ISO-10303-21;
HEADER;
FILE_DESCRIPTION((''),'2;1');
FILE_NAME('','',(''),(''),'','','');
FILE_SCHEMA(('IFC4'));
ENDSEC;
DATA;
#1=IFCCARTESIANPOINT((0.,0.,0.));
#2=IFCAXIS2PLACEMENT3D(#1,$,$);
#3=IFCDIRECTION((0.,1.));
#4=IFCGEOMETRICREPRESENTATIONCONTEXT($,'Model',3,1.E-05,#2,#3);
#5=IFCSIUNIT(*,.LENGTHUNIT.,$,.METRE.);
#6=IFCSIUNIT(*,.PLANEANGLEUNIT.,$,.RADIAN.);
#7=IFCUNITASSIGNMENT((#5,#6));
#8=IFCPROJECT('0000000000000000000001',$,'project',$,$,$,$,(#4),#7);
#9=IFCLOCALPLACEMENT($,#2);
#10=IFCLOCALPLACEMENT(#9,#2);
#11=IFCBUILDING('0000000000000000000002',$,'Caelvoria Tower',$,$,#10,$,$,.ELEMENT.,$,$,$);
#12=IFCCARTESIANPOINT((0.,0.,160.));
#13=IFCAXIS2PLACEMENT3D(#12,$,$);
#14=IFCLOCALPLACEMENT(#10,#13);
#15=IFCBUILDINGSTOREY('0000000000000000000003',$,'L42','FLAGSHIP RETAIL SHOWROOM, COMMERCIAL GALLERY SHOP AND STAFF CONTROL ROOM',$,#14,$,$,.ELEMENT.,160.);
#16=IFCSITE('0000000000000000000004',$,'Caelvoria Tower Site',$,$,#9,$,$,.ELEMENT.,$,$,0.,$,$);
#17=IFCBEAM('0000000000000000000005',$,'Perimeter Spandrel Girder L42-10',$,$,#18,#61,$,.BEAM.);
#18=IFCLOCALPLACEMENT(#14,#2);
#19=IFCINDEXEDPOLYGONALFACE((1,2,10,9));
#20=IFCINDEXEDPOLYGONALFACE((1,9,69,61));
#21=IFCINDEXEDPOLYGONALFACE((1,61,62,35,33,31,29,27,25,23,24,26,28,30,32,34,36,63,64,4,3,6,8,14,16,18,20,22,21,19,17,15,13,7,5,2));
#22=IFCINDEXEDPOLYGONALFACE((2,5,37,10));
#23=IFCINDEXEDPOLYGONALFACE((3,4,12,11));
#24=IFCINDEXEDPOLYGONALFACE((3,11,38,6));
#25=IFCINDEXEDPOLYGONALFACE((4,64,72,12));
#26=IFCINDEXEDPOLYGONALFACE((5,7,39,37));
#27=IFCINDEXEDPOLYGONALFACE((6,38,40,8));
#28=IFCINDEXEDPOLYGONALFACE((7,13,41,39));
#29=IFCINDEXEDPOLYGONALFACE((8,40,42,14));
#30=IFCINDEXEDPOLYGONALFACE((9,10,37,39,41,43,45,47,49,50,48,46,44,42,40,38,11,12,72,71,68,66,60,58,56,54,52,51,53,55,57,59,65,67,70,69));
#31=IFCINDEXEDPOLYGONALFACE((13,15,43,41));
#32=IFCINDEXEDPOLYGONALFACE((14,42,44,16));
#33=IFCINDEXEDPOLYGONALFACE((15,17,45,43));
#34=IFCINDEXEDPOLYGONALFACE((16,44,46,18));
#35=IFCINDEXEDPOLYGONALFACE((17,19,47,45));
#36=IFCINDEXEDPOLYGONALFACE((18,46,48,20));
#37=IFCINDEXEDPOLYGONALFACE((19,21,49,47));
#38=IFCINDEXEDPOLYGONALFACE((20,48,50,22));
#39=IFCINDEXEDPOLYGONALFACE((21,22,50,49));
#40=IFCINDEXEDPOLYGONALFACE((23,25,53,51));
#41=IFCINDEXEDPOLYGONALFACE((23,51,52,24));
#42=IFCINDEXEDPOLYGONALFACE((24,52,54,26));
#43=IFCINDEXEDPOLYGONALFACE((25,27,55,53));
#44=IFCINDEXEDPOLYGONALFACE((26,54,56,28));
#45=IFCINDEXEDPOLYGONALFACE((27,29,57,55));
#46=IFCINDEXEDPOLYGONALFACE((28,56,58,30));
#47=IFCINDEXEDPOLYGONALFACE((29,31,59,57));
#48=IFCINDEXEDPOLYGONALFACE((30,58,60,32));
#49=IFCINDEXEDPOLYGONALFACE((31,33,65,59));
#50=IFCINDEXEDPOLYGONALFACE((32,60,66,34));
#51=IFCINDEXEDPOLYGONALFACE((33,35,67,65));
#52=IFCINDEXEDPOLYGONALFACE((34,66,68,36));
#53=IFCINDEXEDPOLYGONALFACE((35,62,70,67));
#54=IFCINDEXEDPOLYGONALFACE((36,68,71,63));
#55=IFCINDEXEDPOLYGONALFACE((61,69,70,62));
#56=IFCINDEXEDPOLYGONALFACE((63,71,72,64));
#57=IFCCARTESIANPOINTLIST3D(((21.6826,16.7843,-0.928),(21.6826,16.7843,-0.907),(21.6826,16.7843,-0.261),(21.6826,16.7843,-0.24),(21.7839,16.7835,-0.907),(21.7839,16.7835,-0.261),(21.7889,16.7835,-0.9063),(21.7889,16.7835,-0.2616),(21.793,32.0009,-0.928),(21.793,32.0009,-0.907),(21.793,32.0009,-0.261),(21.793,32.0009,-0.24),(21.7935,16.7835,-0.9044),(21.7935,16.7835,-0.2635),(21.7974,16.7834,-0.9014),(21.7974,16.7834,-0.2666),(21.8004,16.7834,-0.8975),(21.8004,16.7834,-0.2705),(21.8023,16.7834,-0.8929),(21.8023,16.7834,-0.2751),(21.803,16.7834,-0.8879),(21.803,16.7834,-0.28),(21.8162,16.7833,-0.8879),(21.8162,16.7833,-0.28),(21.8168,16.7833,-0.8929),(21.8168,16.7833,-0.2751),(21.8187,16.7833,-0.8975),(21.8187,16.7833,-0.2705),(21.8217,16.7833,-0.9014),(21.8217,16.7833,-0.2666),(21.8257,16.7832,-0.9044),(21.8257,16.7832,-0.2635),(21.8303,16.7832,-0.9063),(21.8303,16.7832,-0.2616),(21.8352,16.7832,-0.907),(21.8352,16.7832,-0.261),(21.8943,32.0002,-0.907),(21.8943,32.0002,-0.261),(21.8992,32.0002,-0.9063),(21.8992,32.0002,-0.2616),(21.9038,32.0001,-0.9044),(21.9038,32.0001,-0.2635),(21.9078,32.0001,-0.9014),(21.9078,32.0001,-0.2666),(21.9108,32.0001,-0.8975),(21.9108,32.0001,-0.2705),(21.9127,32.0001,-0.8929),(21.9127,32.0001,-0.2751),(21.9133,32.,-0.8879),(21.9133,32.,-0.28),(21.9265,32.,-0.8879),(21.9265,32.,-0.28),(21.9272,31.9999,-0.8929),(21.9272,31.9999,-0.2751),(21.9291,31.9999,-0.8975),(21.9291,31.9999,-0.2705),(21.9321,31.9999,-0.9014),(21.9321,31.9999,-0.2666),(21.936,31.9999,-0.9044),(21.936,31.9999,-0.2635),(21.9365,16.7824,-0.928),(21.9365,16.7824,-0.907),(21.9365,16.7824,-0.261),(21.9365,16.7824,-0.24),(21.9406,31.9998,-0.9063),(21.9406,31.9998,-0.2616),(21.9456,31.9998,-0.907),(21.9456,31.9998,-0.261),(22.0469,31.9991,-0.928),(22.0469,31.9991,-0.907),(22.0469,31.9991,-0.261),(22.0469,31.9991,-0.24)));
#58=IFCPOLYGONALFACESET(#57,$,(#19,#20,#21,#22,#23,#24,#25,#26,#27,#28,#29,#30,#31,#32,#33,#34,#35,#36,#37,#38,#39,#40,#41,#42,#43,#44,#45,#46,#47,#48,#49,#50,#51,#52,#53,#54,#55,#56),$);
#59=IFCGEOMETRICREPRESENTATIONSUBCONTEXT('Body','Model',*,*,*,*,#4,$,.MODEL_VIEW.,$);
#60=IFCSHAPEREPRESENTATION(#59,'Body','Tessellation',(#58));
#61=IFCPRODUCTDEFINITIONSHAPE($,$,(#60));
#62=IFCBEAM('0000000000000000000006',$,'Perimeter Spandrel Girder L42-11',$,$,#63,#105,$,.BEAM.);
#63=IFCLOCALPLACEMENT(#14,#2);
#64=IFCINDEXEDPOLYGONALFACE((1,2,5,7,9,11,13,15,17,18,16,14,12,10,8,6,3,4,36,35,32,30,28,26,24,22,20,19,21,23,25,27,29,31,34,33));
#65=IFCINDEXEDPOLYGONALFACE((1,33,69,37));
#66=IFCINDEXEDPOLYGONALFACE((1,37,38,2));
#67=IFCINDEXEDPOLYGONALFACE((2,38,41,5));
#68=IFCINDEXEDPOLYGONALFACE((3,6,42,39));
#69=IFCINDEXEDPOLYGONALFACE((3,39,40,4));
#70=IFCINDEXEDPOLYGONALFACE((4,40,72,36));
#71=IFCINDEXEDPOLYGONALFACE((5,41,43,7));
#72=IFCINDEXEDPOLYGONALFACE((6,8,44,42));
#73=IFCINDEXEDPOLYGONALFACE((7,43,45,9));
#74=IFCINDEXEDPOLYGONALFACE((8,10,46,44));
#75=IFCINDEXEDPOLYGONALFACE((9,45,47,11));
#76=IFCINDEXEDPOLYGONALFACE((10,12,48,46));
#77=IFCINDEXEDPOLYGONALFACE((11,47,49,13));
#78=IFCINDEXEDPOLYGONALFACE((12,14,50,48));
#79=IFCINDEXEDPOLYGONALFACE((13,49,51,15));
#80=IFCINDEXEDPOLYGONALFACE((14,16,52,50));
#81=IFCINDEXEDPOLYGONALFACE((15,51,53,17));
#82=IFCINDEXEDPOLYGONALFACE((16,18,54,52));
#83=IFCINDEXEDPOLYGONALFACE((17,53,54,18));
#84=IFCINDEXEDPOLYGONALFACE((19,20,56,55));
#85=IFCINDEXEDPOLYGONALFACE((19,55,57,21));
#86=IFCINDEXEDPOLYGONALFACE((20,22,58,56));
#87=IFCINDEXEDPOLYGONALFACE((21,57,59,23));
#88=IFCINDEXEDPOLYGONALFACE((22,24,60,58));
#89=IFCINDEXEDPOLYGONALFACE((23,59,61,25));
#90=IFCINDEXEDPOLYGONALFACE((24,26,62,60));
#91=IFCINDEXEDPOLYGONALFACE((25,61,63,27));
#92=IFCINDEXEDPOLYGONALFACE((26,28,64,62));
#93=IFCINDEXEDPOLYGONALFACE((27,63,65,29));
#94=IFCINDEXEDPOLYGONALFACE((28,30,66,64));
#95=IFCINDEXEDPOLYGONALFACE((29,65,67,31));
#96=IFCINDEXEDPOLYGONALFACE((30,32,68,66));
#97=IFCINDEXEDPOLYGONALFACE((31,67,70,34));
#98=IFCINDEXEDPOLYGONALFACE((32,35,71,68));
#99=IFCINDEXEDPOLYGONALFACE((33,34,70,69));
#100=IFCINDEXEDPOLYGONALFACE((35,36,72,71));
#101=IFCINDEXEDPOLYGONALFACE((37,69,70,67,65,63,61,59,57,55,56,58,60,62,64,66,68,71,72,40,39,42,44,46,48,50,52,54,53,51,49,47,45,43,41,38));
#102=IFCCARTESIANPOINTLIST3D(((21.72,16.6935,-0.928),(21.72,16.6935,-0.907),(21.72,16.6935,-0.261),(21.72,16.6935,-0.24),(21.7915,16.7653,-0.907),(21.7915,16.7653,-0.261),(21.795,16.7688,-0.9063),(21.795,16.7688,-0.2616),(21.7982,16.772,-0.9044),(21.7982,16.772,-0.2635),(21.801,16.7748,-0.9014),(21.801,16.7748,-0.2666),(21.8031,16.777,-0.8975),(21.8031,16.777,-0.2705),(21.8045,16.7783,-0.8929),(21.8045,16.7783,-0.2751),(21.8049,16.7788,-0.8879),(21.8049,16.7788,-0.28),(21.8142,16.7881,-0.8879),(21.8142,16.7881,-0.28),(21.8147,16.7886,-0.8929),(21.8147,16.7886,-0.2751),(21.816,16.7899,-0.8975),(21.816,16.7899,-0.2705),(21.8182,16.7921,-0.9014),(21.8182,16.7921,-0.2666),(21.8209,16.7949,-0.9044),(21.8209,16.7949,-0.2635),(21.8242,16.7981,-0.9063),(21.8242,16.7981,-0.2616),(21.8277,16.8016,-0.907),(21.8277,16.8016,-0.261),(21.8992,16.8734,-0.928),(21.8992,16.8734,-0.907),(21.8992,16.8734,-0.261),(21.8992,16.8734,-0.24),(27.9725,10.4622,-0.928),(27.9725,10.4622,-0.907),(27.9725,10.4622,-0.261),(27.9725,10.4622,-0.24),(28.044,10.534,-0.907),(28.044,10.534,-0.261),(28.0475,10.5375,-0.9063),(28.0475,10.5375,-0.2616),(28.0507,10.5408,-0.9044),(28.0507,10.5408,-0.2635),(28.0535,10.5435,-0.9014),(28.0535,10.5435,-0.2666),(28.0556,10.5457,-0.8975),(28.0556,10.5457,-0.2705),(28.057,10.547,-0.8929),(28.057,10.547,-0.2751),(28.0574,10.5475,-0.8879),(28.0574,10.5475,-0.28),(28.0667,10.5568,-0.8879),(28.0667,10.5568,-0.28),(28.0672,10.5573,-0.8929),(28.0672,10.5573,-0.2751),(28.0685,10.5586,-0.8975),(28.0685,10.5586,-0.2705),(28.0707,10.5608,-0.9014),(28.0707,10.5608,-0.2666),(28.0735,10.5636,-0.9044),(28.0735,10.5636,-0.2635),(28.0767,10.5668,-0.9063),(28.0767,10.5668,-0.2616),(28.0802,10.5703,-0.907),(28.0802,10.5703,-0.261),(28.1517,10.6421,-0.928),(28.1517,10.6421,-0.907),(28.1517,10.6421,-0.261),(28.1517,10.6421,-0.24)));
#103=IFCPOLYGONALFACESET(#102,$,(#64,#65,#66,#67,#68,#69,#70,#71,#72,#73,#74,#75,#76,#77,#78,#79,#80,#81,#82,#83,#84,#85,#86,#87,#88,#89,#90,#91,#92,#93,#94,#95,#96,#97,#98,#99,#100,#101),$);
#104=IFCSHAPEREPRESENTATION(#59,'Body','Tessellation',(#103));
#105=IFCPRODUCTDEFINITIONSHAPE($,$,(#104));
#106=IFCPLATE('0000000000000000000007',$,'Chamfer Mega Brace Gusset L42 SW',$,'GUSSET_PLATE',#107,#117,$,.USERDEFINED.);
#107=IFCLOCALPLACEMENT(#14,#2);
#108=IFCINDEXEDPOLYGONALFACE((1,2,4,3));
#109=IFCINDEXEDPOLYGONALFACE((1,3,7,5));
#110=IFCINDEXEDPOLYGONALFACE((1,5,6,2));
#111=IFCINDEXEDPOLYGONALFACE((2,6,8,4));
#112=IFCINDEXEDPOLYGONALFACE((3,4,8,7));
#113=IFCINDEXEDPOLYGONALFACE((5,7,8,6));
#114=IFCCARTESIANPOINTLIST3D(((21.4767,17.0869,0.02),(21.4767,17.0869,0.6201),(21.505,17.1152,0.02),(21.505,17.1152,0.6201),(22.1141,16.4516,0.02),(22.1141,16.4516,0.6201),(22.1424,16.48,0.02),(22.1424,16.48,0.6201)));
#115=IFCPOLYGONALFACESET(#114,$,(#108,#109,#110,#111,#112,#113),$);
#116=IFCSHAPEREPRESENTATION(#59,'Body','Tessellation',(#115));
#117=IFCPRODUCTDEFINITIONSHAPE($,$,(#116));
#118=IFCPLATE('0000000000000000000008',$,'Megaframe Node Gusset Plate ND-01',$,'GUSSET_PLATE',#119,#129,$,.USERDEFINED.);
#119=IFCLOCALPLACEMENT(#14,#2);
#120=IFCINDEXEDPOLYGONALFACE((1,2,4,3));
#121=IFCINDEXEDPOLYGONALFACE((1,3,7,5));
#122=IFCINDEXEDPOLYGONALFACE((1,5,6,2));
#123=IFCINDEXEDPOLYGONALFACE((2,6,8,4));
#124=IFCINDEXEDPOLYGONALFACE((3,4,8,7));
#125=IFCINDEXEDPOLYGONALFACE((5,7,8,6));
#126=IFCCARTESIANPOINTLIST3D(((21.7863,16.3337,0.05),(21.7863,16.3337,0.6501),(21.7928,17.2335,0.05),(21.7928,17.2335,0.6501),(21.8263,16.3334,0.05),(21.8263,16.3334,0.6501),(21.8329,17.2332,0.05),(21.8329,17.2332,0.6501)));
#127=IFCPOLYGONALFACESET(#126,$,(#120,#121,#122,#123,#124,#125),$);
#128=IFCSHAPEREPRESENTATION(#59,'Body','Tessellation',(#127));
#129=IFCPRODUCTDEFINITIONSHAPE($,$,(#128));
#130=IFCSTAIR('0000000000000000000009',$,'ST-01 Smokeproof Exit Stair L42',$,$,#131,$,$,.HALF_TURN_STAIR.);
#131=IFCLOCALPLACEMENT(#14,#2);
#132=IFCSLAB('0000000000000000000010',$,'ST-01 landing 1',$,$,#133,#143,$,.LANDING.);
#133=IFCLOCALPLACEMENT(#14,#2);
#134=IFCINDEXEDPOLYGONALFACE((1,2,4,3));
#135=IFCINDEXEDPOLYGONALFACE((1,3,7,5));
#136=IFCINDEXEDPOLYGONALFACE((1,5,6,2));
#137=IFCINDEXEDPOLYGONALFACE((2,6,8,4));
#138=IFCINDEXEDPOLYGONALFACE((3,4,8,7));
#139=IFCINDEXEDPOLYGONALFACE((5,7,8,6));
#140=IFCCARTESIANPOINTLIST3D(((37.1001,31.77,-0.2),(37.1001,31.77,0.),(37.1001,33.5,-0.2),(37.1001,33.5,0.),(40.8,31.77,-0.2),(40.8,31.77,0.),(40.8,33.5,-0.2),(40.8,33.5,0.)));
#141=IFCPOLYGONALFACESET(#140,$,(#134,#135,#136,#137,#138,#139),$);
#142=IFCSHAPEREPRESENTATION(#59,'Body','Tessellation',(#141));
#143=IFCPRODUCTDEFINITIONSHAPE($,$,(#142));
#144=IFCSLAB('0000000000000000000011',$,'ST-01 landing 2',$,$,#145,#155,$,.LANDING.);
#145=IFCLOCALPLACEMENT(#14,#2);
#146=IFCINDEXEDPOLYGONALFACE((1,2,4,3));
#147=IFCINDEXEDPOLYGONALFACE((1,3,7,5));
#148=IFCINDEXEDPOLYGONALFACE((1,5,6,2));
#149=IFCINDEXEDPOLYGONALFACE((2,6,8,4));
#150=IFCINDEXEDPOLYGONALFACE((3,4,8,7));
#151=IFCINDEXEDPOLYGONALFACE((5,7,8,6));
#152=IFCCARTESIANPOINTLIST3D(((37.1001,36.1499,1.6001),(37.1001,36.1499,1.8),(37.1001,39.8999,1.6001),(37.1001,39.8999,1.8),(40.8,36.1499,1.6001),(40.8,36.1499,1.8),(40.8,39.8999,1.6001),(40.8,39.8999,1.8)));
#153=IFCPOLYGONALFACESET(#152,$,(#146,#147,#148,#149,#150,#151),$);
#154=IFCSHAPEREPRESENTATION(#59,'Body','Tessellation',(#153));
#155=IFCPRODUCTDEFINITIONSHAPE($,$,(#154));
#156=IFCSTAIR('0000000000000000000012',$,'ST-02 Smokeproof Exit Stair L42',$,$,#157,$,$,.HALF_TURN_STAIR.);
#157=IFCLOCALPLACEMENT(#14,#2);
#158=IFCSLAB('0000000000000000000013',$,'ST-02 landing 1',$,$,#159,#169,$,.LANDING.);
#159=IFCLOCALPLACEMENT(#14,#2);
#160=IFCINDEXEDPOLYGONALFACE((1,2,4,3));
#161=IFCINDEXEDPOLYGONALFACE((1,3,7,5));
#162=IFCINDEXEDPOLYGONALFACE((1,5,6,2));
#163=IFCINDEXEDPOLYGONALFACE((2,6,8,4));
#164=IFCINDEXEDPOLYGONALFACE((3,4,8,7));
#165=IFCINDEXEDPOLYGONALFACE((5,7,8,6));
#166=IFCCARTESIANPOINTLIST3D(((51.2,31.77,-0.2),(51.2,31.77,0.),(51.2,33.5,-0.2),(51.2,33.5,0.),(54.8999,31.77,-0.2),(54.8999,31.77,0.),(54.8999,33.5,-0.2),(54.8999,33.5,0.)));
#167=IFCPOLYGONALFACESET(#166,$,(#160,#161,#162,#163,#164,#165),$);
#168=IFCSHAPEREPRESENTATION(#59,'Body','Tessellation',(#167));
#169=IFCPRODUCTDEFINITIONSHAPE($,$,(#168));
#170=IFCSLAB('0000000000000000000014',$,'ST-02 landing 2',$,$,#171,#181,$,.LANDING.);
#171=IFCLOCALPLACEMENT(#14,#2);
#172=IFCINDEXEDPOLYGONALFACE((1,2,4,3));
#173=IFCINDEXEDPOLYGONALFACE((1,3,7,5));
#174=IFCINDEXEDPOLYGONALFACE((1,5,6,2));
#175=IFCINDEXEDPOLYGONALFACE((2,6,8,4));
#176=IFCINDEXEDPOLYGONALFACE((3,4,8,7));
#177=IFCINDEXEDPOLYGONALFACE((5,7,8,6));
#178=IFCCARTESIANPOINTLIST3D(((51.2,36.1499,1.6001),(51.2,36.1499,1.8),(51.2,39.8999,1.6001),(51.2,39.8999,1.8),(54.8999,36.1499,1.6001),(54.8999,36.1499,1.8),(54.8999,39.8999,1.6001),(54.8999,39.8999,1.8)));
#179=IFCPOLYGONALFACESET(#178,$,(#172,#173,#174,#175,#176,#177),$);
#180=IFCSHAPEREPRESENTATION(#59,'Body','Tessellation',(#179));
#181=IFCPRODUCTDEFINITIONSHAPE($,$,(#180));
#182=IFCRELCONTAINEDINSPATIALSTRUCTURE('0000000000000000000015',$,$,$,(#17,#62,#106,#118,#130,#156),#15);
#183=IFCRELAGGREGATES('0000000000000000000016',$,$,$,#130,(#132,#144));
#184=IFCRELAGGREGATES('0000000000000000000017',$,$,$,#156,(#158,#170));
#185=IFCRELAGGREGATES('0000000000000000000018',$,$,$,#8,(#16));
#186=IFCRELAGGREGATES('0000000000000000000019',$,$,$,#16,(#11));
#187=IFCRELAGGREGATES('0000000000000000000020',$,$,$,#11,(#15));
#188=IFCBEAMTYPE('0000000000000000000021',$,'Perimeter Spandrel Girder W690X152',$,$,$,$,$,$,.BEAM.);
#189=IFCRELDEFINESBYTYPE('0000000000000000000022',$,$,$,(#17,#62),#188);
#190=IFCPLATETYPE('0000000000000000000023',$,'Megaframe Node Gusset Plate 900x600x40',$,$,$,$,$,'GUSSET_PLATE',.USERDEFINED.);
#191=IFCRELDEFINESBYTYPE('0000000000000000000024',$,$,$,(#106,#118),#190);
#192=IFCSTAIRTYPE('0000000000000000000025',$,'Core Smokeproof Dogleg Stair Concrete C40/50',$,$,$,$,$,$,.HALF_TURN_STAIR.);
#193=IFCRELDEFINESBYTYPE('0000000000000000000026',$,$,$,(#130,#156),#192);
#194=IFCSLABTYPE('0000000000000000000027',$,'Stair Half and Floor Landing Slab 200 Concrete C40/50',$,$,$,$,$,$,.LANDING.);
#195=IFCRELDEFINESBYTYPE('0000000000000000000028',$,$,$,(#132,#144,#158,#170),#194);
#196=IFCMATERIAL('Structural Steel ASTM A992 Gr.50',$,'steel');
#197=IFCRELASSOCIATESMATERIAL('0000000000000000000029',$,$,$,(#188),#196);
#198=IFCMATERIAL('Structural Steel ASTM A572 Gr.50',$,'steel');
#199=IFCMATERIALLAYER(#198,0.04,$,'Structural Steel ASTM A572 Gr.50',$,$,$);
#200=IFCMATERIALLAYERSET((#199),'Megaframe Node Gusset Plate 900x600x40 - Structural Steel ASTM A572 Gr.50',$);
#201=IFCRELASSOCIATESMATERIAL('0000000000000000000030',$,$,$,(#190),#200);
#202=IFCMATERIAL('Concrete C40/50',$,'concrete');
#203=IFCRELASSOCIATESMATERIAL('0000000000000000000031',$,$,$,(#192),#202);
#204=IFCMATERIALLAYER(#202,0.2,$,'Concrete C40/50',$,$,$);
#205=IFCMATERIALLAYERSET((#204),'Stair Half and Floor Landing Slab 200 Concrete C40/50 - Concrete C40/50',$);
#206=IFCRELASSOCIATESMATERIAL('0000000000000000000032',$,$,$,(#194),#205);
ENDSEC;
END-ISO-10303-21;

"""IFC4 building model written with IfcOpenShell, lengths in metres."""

from ifc_helpers import new_model, si_unit, direction, frame, origin, origin_2d, place, context, subcontext, project, spatial, polyline, rectangle, i_section, outline, extrude, material, layer, layer_set, material_profile, profile_set, type_object, element, aggregate, save


model = new_model("IFC4")

# Units and contexts
model_context = context("Model", 3, precision=1e-05, world=origin(), true_north=direction((0.0, 1.0)))
body_context = subcontext(model_context, "Body", "Model", "MODEL_VIEW")
ifc_project = project(units=[si_unit("LENGTHUNIT", "METRE"), si_unit("PLANEANGLEUNIT", "RADIAN")], contexts=[model_context])

# Site, building, storey
site_placement = place(None, origin())
site = spatial("IfcSite", under=ifc_project, at=site_placement, Name="Caelvoria Tower Site", CompositionType="ELEMENT", RefElevation=0.0)
building_placement = place(site_placement, origin())
building = spatial("IfcBuilding", under=site, at=building_placement, Name="Caelvoria Tower", CompositionType="ELEMENT")
storey_placement = place(building_placement, frame((0.0, 0.0, 160.0)))
storey = spatial("IfcBuildingStorey", under=building, at=storey_placement, Name="L42", Description="FLAGSHIP RETAIL SHOWROOM, COMMERCIAL GALLERY SHOP AND STAFF CONTROL ROOM", CompositionType="ELEMENT", Elevation=160.0)

# Shared definitions
ifc_material_1 = material(Name="Structural Steel ASTM A572 Gr.50", Category="steel")
ifc_material_2 = material(Name="Structural Steel ASTM A992 Gr.50", Category="steel")

# Beams
ifc_material_profile_1 = material_profile(ifc_material_2, i_section(OverallWidth=0.2539, OverallDepth=0.688, WebThickness=0.0132, FlangeThickness=0.021, FilletRadius=0.019, at=origin_2d()), Name="Structural Steel ASTM A992 Gr.50")
ifc_profile_set_1 = profile_set([ifc_material_profile_1], Name="W690X152 - Structural Steel ASTM A992 Gr.50")
beam_type = type_object("IfcBeamType", Name="Perimeter Spandrel Girder W690X152", PredefinedType="BEAM", material=ifc_profile_set_1)
beam_1_placement = place(storey_placement, frame((21.9199, 32.0, -0.584), z_axis=(-0.007252, -0.999974, 0.0), x_axis=(0.999974, -0.007252, 0.0)))
element("IfcBeam", 1, at=beam_1_placement, inside=storey, type_object=beam_type, Name="Perimeter Spandrel Girder L42-10", PredefinedType="BEAM", context=body_context, shape_type="SweptSolid", body=[
    extrude(i_section(OverallWidth=0.2539, OverallDepth=0.688, WebThickness=0.0132, FlangeThickness=0.021, FilletRadius=0.019, at=origin_2d()), origin(), (0.0, 0.0, 1.0), 15.217),
])
beam_2_placement = place(storey_placement, frame((21.8096, 16.7834, -0.584), z_axis=(0.708309, -0.705903, 0.0), x_axis=(0.705903, 0.708309, 0.0)))
element("IfcBeam", 2, at=beam_2_placement, inside=storey, type_object=beam_type, Name="Perimeter Spandrel Girder L42-11", PredefinedType="BEAM", context=body_context, shape_type="SweptSolid", body=[
    extrude(i_section(OverallWidth=0.2539, OverallDepth=0.688, WebThickness=0.0132, FlangeThickness=0.021, FilletRadius=0.019, at=origin_2d()), origin(), (0.0, 0.0, 1.0), 8.8274),
])

# Plates
ifc_layer_1 = layer(ifc_material_1, 0.04, Name="Structural Steel ASTM A572 Gr.50")
ifc_layer_set_1 = layer_set([ifc_layer_1], Name="Megaframe Node Gusset Plate 900x600x40 - Structural Steel ASTM A572 Gr.50")
plate_type = type_object("IfcPlateType", Name="Megaframe Node Gusset Plate 900x600x40", ElementType="GUSSET_PLATE", PredefinedType="USERDEFINED", material=ifc_layer_set_1)
for number, where, z_axis, x_axis, name in (
    (3, (21.8096, 16.7834, 0.02), (0.0, 0.0, 1.0), (0.708313, -0.705899, 0.0), "Chamfer Mega Brace Gusset L42 SW"),
    (4, (21.8096, 16.7834, 0.05), (0.0, 0.0, 1.0), (0.007262, 0.999974, 0.0), "Megaframe Node Gusset Plate ND-01"),
):
    element("IfcPlate", number, at=place(storey_placement, frame(where, z_axis=z_axis, x_axis=x_axis)), inside=storey, type_object=plate_type, Name=name, ObjectType="GUSSET_PLATE", PredefinedType="USERDEFINED", context=body_context, shape_type="SweptSolid", body=[
        extrude(rectangle(XDim=0.8999, YDim=0.04, at=origin_2d()), origin(), (0.0, 0.0, 1.0), 0.6001),
    ])

# Stairs, slabs
ifc_material_3 = material(Name="Concrete C40/50", Category="concrete")
stair_type = type_object("IfcStairType", Name="Core Smokeproof Dogleg Stair Concrete C40/50", PredefinedType="HALF_TURN_STAIR", material=ifc_material_3)
stair_1_placement = place(storey_placement, origin())
stair_1 = element("IfcStair", 5, at=stair_1_placement, inside=storey, type_object=stair_type, Name="ST-01 Smokeproof Exit Stair L42", PredefinedType="HALF_TURN_STAIR")
ifc_layer_2 = layer(ifc_material_3, 0.2, Name="Concrete C40/50")
ifc_layer_set_2 = layer_set([ifc_layer_2], Name="Stair Half and Floor Landing Slab 200 Concrete C40/50 - Concrete C40/50")
slab_type_1 = type_object("IfcSlabType", Name="Stair Half and Floor Landing Slab 200 Concrete C40/50", PredefinedType="LANDING", material=ifc_layer_set_2)
slab_1_placement = place(storey_placement, frame((0.0, 0.0, -0.2)))
slab_1 = element("IfcSlab", 6, at=slab_1_placement, type_object=slab_type_1, Name="ST-01 landing 1", PredefinedType="LANDING", context=body_context, shape_type="SweptSolid", body=[
    extrude(outline(polyline([(37.1001, 31.77), (40.8, 31.77), (40.8, 33.5), (37.1001, 33.5), (37.1001, 31.77)])), origin(), (0.0, 0.0, 1.0), 0.2),
])
slab_2_placement = place(storey_placement, frame((0.0, 0.0, 1.6001)))
slab_2 = element("IfcSlab", 7, at=slab_2_placement, type_object=slab_type_1, Name="ST-01 landing 2", PredefinedType="LANDING", context=body_context, shape_type="SweptSolid", body=[
    extrude(outline(polyline([(37.1001, 36.1499), (40.8, 36.1499), (40.8, 39.8999), (37.1001, 39.8999), (37.1001, 36.1499)])), origin(), (0.0, 0.0, 1.0), 0.2),
])
aggregate(stair_1, [slab_1, slab_2])
stair_2_placement = place(storey_placement, origin())
stair_2 = element("IfcStair", 8, at=stair_2_placement, inside=storey, type_object=stair_type, Name="ST-02 Smokeproof Exit Stair L42", PredefinedType="HALF_TURN_STAIR")
slab_3_placement = place(storey_placement, frame((0.0, 0.0, -0.2)))
slab_3 = element("IfcSlab", 9, at=slab_3_placement, type_object=slab_type_1, Name="ST-02 landing 1", PredefinedType="LANDING", context=body_context, shape_type="SweptSolid", body=[
    extrude(outline(polyline([(51.2, 31.77), (54.8999, 31.77), (54.8999, 33.5), (51.2, 33.5), (51.2, 31.77)])), origin(), (0.0, 0.0, 1.0), 0.2),
])
slab_4_placement = place(storey_placement, frame((0.0, 0.0, 1.6001)))
slab_4 = element("IfcSlab", 10, at=slab_4_placement, type_object=slab_type_1, Name="ST-02 landing 2", PredefinedType="LANDING", context=body_context, shape_type="SweptSolid", body=[
    extrude(outline(polyline([(51.2, 36.1499), (54.8999, 36.1499), (54.8999, 39.8999), (51.2, 39.8999), (51.2, 36.1499)])), origin(), (0.0, 0.0, 1.0), 0.2),
])
aggregate(stair_2, [slab_3, slab_4])

save(model, "model.ifc")
